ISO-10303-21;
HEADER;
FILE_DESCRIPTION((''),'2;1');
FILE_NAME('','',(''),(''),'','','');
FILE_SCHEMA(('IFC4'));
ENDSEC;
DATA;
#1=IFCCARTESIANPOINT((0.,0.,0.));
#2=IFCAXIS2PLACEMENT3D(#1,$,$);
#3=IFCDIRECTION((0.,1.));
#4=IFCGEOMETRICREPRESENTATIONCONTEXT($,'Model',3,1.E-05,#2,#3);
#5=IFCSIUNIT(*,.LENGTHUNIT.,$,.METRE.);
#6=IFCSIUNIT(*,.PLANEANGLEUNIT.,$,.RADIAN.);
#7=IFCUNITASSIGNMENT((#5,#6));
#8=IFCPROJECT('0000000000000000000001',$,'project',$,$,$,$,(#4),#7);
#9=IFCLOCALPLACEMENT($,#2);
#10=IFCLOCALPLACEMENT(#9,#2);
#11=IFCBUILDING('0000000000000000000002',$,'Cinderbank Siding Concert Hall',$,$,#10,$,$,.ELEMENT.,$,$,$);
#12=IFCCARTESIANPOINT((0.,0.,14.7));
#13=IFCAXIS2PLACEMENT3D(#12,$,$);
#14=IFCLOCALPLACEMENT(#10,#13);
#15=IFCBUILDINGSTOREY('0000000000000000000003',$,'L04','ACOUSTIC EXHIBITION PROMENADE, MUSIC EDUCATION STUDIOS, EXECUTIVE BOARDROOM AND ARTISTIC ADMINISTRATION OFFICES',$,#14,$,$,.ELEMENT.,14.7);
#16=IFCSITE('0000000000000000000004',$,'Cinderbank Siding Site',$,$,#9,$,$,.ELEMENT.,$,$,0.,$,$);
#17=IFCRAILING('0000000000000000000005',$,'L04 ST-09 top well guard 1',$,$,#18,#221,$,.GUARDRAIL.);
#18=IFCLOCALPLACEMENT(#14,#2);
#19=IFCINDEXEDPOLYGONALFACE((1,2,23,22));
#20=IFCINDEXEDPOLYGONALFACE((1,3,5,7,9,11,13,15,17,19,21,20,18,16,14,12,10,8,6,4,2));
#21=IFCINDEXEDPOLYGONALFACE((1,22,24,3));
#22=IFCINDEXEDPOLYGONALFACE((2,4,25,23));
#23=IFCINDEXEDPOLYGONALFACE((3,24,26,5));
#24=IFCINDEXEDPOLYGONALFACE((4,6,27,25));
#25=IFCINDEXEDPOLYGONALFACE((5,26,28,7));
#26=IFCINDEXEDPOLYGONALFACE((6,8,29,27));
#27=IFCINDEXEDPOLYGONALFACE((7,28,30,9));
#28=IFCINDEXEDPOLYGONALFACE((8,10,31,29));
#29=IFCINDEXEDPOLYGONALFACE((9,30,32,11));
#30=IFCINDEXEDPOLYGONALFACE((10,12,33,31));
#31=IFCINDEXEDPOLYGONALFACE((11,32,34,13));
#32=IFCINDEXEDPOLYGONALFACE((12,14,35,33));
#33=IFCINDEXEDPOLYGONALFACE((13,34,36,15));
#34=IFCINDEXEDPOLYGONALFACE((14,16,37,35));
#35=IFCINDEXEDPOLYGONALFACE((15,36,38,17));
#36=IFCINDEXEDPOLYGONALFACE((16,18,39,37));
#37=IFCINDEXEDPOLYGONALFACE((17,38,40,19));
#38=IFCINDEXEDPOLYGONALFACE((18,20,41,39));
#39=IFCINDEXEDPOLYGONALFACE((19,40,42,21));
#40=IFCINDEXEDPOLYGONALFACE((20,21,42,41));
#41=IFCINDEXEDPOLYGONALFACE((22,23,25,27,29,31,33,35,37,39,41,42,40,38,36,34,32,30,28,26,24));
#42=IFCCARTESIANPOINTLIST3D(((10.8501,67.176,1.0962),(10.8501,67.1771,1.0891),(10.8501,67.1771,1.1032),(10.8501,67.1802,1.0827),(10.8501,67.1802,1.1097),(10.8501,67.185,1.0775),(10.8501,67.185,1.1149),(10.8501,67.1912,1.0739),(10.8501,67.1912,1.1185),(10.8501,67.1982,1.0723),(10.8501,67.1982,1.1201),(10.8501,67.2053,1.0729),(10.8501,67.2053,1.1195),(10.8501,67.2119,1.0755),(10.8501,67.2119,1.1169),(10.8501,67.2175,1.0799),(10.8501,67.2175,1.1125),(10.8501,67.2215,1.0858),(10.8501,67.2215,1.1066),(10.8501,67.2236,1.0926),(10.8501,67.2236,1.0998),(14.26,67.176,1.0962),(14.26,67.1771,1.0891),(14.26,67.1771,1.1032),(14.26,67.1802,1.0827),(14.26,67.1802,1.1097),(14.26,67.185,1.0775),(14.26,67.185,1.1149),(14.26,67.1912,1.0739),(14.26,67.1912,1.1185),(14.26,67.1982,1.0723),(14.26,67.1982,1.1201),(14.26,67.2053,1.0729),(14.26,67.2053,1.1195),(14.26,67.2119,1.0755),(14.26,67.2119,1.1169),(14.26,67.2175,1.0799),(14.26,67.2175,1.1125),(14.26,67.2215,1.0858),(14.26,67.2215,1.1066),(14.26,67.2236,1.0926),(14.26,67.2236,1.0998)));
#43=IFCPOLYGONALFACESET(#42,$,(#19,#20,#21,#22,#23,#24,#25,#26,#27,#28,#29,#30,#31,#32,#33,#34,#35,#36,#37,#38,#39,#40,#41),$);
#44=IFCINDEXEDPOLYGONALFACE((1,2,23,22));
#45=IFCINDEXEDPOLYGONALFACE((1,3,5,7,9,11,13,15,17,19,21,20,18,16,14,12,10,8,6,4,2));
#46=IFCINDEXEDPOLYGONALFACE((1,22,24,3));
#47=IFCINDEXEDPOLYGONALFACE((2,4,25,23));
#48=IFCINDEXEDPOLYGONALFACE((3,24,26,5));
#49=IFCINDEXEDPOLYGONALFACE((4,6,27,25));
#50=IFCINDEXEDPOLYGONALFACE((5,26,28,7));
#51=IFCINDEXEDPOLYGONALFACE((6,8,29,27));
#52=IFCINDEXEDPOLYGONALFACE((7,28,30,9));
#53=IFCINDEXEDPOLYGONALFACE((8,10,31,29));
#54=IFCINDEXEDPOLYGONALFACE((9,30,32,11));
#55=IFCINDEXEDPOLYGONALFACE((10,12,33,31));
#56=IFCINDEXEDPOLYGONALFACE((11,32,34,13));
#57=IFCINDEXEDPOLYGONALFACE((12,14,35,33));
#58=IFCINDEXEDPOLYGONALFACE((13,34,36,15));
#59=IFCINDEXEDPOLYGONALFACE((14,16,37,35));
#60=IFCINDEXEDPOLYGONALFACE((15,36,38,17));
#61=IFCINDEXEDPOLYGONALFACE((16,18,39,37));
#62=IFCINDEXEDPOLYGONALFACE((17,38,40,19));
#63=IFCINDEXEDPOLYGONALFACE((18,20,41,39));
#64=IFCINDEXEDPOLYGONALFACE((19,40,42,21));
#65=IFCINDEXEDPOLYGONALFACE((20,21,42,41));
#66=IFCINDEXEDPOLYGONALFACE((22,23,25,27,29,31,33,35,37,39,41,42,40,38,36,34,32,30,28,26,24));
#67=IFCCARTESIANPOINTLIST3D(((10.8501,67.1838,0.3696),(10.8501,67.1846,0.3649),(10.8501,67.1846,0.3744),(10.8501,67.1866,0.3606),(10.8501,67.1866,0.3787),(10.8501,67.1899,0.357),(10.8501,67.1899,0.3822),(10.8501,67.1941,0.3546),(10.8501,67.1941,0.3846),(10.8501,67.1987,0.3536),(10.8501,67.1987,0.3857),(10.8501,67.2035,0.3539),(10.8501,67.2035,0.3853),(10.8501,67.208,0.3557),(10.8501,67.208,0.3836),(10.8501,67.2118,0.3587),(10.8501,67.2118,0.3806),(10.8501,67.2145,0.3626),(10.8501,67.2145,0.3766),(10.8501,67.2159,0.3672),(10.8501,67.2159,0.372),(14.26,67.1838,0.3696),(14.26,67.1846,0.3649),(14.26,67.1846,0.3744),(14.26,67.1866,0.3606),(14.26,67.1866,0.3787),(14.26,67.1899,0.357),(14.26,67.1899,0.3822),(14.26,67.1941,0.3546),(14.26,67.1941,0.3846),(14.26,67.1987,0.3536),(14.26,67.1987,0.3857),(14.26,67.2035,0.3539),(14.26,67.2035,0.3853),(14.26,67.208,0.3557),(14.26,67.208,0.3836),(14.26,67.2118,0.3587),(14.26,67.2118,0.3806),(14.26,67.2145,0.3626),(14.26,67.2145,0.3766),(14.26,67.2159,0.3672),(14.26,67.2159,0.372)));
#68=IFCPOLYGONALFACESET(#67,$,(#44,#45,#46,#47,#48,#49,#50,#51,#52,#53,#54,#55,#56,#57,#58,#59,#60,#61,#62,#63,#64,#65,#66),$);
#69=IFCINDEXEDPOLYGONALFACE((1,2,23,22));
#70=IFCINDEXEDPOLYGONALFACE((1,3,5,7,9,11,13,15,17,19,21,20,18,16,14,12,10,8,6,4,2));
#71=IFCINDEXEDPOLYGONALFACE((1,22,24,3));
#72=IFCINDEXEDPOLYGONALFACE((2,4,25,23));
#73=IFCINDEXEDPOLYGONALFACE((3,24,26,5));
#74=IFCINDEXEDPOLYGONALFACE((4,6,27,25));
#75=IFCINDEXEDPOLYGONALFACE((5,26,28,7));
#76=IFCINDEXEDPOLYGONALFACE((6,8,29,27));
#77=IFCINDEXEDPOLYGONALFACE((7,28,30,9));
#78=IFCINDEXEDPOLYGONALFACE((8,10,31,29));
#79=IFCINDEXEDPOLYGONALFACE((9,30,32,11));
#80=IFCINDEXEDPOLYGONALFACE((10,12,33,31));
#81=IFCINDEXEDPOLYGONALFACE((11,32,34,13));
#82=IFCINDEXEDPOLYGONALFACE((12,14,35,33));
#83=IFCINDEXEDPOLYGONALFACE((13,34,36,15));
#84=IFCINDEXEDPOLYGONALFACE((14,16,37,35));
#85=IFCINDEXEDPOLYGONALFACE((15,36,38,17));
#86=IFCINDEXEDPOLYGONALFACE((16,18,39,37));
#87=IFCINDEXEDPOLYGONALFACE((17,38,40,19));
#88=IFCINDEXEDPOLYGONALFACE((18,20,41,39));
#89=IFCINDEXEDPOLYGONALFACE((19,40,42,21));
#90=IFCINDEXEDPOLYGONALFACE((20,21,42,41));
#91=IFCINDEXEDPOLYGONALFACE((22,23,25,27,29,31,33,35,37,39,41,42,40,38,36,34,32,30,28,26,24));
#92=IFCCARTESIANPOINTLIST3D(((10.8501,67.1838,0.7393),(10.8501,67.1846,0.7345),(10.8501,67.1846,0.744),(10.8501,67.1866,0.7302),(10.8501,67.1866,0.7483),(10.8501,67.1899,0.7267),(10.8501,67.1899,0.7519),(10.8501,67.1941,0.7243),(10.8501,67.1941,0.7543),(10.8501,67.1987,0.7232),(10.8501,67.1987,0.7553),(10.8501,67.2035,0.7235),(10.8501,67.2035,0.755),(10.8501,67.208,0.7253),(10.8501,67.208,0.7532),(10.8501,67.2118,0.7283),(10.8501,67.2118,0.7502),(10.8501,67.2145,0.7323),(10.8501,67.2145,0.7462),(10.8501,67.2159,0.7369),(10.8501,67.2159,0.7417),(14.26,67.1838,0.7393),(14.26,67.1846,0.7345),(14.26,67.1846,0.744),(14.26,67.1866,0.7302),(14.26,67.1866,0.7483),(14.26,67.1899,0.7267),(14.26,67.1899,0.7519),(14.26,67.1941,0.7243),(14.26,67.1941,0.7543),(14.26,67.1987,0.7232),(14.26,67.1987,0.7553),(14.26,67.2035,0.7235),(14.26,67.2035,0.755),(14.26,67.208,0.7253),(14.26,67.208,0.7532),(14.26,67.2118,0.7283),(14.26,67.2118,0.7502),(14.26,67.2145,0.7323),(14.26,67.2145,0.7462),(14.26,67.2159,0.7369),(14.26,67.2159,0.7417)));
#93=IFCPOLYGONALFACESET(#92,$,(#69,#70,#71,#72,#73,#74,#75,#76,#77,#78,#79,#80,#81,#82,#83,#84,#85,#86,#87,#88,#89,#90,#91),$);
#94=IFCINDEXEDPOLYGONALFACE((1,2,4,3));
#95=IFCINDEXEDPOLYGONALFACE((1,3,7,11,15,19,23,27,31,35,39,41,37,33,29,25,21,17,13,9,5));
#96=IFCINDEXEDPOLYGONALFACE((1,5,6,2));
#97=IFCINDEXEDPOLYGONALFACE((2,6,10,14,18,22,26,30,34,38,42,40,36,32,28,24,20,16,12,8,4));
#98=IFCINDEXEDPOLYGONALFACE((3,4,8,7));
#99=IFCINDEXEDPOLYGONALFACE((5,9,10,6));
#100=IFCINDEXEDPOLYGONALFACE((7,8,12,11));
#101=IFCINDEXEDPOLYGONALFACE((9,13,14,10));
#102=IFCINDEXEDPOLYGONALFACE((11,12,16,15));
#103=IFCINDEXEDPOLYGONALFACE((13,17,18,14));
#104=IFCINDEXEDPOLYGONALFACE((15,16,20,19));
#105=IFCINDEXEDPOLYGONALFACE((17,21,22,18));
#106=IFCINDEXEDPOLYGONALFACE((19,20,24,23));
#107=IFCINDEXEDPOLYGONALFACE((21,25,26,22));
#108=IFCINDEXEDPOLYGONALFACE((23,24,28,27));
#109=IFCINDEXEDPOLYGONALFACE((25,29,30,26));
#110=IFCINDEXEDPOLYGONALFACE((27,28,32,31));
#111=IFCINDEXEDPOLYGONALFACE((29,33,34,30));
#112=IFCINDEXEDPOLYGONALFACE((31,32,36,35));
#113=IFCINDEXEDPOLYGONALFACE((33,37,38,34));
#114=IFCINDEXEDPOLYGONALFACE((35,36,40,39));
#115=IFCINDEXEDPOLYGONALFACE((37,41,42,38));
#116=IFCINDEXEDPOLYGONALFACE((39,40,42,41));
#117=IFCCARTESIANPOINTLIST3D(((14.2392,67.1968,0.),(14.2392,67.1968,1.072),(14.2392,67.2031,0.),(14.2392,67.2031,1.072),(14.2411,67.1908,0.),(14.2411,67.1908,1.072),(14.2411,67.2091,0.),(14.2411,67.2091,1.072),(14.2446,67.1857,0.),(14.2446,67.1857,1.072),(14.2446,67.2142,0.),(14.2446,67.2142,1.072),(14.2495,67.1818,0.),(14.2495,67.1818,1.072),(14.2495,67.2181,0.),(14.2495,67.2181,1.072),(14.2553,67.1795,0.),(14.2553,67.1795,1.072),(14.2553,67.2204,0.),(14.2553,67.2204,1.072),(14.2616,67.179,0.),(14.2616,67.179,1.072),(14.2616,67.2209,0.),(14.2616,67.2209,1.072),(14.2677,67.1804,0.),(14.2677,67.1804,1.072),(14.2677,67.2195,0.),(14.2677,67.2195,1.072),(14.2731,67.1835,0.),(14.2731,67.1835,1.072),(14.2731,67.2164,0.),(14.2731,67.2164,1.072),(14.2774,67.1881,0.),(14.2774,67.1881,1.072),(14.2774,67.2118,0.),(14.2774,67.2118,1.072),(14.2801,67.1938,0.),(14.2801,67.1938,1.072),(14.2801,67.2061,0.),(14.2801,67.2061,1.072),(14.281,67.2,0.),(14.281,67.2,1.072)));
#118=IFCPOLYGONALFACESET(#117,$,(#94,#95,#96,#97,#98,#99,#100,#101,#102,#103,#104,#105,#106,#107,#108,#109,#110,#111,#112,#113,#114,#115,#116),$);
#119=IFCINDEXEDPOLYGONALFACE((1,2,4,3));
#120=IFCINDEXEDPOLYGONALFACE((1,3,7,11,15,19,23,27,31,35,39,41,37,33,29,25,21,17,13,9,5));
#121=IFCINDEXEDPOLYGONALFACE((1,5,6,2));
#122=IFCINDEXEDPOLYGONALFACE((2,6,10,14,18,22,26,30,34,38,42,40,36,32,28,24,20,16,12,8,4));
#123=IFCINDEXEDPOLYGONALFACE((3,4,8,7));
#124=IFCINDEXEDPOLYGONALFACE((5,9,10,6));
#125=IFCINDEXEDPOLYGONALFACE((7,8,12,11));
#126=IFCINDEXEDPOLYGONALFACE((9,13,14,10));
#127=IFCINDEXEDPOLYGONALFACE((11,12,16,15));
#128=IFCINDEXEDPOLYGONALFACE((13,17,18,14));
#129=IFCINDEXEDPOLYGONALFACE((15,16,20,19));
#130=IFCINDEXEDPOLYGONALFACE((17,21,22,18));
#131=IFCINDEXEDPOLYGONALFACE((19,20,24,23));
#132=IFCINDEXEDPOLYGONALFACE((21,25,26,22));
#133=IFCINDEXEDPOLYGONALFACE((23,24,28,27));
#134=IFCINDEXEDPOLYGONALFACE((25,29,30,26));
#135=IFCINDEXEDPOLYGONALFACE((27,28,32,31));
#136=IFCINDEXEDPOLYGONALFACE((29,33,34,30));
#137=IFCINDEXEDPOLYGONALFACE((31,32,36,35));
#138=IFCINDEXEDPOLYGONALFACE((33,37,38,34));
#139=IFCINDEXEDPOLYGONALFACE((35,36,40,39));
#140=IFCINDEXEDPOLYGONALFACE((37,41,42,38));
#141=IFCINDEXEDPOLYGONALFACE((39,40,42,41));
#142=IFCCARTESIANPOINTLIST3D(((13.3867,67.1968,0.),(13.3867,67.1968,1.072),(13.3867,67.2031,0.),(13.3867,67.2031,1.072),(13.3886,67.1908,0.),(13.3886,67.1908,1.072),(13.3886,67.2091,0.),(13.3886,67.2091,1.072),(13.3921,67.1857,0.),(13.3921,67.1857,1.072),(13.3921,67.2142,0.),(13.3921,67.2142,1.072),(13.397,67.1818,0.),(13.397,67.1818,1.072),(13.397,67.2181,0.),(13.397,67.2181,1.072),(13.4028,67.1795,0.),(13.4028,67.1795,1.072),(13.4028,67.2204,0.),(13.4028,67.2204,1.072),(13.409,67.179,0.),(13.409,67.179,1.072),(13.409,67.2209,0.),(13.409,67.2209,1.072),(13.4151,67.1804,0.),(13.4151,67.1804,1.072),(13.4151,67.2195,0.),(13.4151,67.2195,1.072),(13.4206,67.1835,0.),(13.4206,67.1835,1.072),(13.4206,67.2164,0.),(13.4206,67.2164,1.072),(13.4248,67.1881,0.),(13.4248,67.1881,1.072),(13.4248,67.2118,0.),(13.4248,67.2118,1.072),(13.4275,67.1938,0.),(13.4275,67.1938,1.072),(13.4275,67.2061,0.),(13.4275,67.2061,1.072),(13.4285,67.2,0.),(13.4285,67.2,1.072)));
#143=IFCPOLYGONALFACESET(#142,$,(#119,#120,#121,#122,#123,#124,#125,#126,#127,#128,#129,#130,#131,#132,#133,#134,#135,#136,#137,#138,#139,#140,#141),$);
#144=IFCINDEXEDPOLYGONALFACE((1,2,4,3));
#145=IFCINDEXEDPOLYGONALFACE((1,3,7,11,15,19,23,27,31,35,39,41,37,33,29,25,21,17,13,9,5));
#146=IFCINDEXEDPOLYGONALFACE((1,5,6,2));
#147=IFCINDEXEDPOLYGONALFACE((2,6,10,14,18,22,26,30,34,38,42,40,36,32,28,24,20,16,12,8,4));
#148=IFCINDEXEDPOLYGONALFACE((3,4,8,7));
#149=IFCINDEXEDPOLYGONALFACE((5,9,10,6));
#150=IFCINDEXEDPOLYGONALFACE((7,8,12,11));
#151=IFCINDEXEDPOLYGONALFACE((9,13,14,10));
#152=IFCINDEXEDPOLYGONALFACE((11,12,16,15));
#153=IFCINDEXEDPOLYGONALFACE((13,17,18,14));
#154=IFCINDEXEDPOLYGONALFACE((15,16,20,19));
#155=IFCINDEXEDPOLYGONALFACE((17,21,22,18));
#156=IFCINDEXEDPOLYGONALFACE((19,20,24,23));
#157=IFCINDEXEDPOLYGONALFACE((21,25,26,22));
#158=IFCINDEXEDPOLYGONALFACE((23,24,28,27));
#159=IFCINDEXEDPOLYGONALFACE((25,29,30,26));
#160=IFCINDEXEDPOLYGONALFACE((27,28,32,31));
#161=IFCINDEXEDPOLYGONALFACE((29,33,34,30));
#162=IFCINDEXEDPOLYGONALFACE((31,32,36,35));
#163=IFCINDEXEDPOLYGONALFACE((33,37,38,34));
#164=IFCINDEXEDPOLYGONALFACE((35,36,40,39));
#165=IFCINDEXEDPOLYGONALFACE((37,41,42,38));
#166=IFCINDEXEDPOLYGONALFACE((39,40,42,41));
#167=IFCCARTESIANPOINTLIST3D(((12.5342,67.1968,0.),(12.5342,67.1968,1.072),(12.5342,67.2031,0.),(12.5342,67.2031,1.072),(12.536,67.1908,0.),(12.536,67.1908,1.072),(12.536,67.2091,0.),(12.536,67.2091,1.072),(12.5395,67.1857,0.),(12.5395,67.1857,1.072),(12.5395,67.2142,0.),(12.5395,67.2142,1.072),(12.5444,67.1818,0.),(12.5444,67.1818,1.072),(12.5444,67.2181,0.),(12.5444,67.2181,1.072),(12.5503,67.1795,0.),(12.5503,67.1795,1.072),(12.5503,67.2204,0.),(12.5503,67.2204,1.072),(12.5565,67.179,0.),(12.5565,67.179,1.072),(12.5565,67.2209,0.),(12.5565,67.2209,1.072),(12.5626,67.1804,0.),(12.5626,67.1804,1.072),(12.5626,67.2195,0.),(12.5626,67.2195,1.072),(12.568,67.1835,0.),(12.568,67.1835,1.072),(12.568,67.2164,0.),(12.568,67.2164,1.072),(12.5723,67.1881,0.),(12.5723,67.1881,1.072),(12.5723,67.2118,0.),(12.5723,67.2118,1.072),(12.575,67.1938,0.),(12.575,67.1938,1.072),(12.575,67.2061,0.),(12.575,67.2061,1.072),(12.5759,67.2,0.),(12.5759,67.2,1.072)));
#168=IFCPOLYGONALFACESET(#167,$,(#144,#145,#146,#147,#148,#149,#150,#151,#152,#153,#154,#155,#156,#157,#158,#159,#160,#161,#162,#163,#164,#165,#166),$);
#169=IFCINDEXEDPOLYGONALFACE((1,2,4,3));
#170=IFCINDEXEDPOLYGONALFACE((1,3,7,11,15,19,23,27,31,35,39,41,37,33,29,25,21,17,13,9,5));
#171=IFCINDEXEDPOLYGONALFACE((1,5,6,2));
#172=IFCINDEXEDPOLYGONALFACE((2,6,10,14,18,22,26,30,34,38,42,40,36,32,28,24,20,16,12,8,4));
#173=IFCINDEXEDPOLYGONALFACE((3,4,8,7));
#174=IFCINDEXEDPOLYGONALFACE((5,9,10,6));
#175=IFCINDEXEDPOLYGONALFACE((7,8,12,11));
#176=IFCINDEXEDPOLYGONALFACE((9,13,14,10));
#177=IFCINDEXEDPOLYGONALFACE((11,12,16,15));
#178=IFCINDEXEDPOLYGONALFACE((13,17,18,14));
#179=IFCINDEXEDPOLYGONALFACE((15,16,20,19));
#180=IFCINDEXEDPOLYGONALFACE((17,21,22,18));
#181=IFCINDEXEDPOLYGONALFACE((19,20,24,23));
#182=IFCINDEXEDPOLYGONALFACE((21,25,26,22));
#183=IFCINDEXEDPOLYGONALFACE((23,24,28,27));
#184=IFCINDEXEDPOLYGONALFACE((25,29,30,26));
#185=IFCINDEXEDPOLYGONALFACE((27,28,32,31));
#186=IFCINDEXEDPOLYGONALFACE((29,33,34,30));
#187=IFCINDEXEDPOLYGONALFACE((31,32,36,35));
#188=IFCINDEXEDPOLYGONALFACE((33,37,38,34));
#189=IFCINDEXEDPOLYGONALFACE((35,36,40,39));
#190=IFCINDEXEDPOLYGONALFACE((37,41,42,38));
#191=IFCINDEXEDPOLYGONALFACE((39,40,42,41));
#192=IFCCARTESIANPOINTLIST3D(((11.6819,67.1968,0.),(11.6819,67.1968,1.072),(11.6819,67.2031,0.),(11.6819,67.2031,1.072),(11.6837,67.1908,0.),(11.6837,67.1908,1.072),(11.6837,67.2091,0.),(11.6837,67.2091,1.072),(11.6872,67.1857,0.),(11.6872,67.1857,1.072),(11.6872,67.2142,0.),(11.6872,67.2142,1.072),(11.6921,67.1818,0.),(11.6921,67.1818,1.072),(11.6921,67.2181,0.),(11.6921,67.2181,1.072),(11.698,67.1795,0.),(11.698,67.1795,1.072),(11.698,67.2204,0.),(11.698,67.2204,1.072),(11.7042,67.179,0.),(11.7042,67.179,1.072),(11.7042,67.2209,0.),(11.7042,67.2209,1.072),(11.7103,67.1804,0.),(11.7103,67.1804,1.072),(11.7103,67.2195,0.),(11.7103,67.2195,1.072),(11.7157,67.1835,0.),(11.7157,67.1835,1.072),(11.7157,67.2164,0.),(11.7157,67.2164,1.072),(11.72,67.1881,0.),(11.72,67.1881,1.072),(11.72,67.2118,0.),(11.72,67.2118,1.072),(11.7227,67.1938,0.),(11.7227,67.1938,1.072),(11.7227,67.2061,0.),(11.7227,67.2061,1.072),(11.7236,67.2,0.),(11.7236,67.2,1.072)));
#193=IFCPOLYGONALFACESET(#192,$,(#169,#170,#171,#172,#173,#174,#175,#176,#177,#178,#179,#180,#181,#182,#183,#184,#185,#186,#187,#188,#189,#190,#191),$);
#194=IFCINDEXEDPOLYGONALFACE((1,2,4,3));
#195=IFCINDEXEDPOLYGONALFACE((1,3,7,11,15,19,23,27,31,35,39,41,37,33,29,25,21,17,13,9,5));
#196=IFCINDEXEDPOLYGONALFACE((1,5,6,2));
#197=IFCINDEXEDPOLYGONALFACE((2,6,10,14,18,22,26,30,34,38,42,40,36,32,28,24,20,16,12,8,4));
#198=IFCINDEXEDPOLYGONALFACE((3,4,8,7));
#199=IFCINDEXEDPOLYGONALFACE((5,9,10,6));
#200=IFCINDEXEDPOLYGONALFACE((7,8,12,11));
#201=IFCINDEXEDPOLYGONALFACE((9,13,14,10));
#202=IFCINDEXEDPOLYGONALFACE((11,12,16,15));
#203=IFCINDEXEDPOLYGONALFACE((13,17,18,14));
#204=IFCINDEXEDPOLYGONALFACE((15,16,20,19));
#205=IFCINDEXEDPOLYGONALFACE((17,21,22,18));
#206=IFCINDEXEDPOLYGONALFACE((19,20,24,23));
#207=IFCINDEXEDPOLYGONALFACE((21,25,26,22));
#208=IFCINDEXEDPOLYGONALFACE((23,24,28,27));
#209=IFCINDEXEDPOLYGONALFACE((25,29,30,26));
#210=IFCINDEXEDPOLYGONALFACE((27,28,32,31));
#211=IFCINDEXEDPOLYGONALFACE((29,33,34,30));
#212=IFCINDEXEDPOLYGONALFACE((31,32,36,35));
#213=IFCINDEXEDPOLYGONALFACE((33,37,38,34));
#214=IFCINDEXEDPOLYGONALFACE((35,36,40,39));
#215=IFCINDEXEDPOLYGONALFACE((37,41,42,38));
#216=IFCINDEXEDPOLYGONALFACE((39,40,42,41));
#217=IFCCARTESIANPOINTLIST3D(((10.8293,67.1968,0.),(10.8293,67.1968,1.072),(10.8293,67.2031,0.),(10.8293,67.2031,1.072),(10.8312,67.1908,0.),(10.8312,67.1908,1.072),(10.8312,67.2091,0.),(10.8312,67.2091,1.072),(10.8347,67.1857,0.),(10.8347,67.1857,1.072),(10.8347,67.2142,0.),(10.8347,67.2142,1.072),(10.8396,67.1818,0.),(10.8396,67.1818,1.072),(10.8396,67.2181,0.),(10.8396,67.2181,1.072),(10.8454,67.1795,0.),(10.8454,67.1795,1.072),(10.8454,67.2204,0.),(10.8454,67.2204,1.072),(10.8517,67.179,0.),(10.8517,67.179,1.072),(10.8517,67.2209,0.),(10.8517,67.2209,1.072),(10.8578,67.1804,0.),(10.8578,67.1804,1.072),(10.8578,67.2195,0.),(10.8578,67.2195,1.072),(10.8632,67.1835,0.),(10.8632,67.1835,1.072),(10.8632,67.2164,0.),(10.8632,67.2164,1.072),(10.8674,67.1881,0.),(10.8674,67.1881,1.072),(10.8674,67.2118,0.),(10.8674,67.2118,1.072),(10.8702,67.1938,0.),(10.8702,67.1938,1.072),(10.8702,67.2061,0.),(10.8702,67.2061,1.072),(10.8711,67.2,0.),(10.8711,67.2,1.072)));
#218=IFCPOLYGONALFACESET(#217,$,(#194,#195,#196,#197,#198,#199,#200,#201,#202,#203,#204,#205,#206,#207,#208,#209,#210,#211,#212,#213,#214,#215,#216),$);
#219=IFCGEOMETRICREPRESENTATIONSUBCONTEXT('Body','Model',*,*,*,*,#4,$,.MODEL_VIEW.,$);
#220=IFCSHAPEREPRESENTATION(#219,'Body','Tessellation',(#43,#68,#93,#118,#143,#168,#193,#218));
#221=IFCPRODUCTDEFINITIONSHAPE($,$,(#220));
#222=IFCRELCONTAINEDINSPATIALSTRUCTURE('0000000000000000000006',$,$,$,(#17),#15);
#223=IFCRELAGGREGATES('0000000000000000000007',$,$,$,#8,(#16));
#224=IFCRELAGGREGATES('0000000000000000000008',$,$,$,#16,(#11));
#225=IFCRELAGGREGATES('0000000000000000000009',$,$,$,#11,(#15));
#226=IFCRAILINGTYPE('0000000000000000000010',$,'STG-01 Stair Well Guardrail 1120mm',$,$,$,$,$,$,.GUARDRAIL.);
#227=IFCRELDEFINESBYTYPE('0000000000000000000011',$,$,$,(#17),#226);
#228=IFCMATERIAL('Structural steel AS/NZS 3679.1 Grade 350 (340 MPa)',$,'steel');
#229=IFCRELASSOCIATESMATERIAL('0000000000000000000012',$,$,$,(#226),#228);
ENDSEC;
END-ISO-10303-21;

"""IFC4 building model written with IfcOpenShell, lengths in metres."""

from ifc_helpers import new_model, si_unit, direction, frame, origin, origin_2d, place, context, subcontext, project, spatial, circle, extrude, material, type_object, element, save


model = new_model("IFC4")

# Units and contexts
model_context = context("Model", 3, precision=1e-05, world=origin(), true_north=direction((0.0, 1.0)))
body_context = subcontext(model_context, "Body", "Model", "MODEL_VIEW")
ifc_project = project(units=[si_unit("LENGTHUNIT", "METRE"), si_unit("PLANEANGLEUNIT", "RADIAN")], contexts=[model_context])

# Site, building, storey
site_placement = place(None, origin())
site = spatial("IfcSite", under=ifc_project, at=site_placement, Name="Cinderbank Siding Site", CompositionType="ELEMENT", RefElevation=0.0)
building_placement = place(site_placement, origin())
building = spatial("IfcBuilding", under=site, at=building_placement, Name="Cinderbank Siding Concert Hall", CompositionType="ELEMENT")
storey_placement = place(building_placement, frame((0.0, 0.0, 14.7)))
storey = spatial("IfcBuildingStorey", under=building, at=storey_placement, Name="L04", Description="ACOUSTIC EXHIBITION PROMENADE, MUSIC EDUCATION STUDIOS, EXECUTIVE BOARDROOM AND ARTISTIC ADMINISTRATION OFFICES", CompositionType="ELEMENT", Elevation=14.7)

# Shared definitions
ifc_material_1 = material(Name="Structural steel AS/NZS 3679.1 Grade 350 (340 MPa)", Category="steel")

# Railing
railing_type = type_object("IfcRailingType", Name="STG-01 Stair Well Guardrail 1120mm", PredefinedType="GUARDRAIL", material=ifc_material_1)
railing_placement = place(storey_placement, frame((14.26, 67.2, 0.0)))
element("IfcRailing", 1, at=railing_placement, inside=storey, type_object=railing_type, Name="L04 ST-09 top well guard 1", PredefinedType="GUARDRAIL", context=body_context, shape_type="SweptSolid", body=[
    extrude(circle(Radius=0.0239, at=origin_2d()), frame((0.0, 0.0, 1.0962), z_axis=(-1.0, 0.0, 0.0), x_axis=(0.0, -1.0, 0.0)), (0.0, 0.0, 1.0), 3.4099),
    extrude(circle(Radius=0.0161, at=origin_2d()), frame((0.0, 0.0, 0.3696), z_axis=(-1.0, 0.0, 0.0), x_axis=(0.0, -1.0, 0.0)), (0.0, 0.0, 1.0), 3.4099),
    extrude(circle(Radius=0.0161, at=origin_2d()), frame((0.0, 0.0, 0.7393), z_axis=(-1.0, 0.0, 0.0), x_axis=(0.0, -1.0, 0.0)), (0.0, 0.0, 1.0), 3.4099),
    extrude(circle(Radius=0.021, at=origin_2d()), origin(), (0.0, 0.0, 1.0), 1.072),
    extrude(circle(Radius=0.021, at=origin_2d()), frame((-0.8525, 0.0, 0.0)), (0.0, 0.0, 1.0), 1.072),
    extrude(circle(Radius=0.021, at=origin_2d()), frame((-1.7051, 0.0, 0.0)), (0.0, 0.0, 1.0), 1.072),
    extrude(circle(Radius=0.021, at=origin_2d()), frame((-2.5574, 0.0, 0.0)), (0.0, 0.0, 1.0), 1.072),
    extrude(circle(Radius=0.021, at=origin_2d()), frame((-3.4099, 0.0, 0.0)), (0.0, 0.0, 1.0), 1.072),
])

save(model, "model.ifc")
